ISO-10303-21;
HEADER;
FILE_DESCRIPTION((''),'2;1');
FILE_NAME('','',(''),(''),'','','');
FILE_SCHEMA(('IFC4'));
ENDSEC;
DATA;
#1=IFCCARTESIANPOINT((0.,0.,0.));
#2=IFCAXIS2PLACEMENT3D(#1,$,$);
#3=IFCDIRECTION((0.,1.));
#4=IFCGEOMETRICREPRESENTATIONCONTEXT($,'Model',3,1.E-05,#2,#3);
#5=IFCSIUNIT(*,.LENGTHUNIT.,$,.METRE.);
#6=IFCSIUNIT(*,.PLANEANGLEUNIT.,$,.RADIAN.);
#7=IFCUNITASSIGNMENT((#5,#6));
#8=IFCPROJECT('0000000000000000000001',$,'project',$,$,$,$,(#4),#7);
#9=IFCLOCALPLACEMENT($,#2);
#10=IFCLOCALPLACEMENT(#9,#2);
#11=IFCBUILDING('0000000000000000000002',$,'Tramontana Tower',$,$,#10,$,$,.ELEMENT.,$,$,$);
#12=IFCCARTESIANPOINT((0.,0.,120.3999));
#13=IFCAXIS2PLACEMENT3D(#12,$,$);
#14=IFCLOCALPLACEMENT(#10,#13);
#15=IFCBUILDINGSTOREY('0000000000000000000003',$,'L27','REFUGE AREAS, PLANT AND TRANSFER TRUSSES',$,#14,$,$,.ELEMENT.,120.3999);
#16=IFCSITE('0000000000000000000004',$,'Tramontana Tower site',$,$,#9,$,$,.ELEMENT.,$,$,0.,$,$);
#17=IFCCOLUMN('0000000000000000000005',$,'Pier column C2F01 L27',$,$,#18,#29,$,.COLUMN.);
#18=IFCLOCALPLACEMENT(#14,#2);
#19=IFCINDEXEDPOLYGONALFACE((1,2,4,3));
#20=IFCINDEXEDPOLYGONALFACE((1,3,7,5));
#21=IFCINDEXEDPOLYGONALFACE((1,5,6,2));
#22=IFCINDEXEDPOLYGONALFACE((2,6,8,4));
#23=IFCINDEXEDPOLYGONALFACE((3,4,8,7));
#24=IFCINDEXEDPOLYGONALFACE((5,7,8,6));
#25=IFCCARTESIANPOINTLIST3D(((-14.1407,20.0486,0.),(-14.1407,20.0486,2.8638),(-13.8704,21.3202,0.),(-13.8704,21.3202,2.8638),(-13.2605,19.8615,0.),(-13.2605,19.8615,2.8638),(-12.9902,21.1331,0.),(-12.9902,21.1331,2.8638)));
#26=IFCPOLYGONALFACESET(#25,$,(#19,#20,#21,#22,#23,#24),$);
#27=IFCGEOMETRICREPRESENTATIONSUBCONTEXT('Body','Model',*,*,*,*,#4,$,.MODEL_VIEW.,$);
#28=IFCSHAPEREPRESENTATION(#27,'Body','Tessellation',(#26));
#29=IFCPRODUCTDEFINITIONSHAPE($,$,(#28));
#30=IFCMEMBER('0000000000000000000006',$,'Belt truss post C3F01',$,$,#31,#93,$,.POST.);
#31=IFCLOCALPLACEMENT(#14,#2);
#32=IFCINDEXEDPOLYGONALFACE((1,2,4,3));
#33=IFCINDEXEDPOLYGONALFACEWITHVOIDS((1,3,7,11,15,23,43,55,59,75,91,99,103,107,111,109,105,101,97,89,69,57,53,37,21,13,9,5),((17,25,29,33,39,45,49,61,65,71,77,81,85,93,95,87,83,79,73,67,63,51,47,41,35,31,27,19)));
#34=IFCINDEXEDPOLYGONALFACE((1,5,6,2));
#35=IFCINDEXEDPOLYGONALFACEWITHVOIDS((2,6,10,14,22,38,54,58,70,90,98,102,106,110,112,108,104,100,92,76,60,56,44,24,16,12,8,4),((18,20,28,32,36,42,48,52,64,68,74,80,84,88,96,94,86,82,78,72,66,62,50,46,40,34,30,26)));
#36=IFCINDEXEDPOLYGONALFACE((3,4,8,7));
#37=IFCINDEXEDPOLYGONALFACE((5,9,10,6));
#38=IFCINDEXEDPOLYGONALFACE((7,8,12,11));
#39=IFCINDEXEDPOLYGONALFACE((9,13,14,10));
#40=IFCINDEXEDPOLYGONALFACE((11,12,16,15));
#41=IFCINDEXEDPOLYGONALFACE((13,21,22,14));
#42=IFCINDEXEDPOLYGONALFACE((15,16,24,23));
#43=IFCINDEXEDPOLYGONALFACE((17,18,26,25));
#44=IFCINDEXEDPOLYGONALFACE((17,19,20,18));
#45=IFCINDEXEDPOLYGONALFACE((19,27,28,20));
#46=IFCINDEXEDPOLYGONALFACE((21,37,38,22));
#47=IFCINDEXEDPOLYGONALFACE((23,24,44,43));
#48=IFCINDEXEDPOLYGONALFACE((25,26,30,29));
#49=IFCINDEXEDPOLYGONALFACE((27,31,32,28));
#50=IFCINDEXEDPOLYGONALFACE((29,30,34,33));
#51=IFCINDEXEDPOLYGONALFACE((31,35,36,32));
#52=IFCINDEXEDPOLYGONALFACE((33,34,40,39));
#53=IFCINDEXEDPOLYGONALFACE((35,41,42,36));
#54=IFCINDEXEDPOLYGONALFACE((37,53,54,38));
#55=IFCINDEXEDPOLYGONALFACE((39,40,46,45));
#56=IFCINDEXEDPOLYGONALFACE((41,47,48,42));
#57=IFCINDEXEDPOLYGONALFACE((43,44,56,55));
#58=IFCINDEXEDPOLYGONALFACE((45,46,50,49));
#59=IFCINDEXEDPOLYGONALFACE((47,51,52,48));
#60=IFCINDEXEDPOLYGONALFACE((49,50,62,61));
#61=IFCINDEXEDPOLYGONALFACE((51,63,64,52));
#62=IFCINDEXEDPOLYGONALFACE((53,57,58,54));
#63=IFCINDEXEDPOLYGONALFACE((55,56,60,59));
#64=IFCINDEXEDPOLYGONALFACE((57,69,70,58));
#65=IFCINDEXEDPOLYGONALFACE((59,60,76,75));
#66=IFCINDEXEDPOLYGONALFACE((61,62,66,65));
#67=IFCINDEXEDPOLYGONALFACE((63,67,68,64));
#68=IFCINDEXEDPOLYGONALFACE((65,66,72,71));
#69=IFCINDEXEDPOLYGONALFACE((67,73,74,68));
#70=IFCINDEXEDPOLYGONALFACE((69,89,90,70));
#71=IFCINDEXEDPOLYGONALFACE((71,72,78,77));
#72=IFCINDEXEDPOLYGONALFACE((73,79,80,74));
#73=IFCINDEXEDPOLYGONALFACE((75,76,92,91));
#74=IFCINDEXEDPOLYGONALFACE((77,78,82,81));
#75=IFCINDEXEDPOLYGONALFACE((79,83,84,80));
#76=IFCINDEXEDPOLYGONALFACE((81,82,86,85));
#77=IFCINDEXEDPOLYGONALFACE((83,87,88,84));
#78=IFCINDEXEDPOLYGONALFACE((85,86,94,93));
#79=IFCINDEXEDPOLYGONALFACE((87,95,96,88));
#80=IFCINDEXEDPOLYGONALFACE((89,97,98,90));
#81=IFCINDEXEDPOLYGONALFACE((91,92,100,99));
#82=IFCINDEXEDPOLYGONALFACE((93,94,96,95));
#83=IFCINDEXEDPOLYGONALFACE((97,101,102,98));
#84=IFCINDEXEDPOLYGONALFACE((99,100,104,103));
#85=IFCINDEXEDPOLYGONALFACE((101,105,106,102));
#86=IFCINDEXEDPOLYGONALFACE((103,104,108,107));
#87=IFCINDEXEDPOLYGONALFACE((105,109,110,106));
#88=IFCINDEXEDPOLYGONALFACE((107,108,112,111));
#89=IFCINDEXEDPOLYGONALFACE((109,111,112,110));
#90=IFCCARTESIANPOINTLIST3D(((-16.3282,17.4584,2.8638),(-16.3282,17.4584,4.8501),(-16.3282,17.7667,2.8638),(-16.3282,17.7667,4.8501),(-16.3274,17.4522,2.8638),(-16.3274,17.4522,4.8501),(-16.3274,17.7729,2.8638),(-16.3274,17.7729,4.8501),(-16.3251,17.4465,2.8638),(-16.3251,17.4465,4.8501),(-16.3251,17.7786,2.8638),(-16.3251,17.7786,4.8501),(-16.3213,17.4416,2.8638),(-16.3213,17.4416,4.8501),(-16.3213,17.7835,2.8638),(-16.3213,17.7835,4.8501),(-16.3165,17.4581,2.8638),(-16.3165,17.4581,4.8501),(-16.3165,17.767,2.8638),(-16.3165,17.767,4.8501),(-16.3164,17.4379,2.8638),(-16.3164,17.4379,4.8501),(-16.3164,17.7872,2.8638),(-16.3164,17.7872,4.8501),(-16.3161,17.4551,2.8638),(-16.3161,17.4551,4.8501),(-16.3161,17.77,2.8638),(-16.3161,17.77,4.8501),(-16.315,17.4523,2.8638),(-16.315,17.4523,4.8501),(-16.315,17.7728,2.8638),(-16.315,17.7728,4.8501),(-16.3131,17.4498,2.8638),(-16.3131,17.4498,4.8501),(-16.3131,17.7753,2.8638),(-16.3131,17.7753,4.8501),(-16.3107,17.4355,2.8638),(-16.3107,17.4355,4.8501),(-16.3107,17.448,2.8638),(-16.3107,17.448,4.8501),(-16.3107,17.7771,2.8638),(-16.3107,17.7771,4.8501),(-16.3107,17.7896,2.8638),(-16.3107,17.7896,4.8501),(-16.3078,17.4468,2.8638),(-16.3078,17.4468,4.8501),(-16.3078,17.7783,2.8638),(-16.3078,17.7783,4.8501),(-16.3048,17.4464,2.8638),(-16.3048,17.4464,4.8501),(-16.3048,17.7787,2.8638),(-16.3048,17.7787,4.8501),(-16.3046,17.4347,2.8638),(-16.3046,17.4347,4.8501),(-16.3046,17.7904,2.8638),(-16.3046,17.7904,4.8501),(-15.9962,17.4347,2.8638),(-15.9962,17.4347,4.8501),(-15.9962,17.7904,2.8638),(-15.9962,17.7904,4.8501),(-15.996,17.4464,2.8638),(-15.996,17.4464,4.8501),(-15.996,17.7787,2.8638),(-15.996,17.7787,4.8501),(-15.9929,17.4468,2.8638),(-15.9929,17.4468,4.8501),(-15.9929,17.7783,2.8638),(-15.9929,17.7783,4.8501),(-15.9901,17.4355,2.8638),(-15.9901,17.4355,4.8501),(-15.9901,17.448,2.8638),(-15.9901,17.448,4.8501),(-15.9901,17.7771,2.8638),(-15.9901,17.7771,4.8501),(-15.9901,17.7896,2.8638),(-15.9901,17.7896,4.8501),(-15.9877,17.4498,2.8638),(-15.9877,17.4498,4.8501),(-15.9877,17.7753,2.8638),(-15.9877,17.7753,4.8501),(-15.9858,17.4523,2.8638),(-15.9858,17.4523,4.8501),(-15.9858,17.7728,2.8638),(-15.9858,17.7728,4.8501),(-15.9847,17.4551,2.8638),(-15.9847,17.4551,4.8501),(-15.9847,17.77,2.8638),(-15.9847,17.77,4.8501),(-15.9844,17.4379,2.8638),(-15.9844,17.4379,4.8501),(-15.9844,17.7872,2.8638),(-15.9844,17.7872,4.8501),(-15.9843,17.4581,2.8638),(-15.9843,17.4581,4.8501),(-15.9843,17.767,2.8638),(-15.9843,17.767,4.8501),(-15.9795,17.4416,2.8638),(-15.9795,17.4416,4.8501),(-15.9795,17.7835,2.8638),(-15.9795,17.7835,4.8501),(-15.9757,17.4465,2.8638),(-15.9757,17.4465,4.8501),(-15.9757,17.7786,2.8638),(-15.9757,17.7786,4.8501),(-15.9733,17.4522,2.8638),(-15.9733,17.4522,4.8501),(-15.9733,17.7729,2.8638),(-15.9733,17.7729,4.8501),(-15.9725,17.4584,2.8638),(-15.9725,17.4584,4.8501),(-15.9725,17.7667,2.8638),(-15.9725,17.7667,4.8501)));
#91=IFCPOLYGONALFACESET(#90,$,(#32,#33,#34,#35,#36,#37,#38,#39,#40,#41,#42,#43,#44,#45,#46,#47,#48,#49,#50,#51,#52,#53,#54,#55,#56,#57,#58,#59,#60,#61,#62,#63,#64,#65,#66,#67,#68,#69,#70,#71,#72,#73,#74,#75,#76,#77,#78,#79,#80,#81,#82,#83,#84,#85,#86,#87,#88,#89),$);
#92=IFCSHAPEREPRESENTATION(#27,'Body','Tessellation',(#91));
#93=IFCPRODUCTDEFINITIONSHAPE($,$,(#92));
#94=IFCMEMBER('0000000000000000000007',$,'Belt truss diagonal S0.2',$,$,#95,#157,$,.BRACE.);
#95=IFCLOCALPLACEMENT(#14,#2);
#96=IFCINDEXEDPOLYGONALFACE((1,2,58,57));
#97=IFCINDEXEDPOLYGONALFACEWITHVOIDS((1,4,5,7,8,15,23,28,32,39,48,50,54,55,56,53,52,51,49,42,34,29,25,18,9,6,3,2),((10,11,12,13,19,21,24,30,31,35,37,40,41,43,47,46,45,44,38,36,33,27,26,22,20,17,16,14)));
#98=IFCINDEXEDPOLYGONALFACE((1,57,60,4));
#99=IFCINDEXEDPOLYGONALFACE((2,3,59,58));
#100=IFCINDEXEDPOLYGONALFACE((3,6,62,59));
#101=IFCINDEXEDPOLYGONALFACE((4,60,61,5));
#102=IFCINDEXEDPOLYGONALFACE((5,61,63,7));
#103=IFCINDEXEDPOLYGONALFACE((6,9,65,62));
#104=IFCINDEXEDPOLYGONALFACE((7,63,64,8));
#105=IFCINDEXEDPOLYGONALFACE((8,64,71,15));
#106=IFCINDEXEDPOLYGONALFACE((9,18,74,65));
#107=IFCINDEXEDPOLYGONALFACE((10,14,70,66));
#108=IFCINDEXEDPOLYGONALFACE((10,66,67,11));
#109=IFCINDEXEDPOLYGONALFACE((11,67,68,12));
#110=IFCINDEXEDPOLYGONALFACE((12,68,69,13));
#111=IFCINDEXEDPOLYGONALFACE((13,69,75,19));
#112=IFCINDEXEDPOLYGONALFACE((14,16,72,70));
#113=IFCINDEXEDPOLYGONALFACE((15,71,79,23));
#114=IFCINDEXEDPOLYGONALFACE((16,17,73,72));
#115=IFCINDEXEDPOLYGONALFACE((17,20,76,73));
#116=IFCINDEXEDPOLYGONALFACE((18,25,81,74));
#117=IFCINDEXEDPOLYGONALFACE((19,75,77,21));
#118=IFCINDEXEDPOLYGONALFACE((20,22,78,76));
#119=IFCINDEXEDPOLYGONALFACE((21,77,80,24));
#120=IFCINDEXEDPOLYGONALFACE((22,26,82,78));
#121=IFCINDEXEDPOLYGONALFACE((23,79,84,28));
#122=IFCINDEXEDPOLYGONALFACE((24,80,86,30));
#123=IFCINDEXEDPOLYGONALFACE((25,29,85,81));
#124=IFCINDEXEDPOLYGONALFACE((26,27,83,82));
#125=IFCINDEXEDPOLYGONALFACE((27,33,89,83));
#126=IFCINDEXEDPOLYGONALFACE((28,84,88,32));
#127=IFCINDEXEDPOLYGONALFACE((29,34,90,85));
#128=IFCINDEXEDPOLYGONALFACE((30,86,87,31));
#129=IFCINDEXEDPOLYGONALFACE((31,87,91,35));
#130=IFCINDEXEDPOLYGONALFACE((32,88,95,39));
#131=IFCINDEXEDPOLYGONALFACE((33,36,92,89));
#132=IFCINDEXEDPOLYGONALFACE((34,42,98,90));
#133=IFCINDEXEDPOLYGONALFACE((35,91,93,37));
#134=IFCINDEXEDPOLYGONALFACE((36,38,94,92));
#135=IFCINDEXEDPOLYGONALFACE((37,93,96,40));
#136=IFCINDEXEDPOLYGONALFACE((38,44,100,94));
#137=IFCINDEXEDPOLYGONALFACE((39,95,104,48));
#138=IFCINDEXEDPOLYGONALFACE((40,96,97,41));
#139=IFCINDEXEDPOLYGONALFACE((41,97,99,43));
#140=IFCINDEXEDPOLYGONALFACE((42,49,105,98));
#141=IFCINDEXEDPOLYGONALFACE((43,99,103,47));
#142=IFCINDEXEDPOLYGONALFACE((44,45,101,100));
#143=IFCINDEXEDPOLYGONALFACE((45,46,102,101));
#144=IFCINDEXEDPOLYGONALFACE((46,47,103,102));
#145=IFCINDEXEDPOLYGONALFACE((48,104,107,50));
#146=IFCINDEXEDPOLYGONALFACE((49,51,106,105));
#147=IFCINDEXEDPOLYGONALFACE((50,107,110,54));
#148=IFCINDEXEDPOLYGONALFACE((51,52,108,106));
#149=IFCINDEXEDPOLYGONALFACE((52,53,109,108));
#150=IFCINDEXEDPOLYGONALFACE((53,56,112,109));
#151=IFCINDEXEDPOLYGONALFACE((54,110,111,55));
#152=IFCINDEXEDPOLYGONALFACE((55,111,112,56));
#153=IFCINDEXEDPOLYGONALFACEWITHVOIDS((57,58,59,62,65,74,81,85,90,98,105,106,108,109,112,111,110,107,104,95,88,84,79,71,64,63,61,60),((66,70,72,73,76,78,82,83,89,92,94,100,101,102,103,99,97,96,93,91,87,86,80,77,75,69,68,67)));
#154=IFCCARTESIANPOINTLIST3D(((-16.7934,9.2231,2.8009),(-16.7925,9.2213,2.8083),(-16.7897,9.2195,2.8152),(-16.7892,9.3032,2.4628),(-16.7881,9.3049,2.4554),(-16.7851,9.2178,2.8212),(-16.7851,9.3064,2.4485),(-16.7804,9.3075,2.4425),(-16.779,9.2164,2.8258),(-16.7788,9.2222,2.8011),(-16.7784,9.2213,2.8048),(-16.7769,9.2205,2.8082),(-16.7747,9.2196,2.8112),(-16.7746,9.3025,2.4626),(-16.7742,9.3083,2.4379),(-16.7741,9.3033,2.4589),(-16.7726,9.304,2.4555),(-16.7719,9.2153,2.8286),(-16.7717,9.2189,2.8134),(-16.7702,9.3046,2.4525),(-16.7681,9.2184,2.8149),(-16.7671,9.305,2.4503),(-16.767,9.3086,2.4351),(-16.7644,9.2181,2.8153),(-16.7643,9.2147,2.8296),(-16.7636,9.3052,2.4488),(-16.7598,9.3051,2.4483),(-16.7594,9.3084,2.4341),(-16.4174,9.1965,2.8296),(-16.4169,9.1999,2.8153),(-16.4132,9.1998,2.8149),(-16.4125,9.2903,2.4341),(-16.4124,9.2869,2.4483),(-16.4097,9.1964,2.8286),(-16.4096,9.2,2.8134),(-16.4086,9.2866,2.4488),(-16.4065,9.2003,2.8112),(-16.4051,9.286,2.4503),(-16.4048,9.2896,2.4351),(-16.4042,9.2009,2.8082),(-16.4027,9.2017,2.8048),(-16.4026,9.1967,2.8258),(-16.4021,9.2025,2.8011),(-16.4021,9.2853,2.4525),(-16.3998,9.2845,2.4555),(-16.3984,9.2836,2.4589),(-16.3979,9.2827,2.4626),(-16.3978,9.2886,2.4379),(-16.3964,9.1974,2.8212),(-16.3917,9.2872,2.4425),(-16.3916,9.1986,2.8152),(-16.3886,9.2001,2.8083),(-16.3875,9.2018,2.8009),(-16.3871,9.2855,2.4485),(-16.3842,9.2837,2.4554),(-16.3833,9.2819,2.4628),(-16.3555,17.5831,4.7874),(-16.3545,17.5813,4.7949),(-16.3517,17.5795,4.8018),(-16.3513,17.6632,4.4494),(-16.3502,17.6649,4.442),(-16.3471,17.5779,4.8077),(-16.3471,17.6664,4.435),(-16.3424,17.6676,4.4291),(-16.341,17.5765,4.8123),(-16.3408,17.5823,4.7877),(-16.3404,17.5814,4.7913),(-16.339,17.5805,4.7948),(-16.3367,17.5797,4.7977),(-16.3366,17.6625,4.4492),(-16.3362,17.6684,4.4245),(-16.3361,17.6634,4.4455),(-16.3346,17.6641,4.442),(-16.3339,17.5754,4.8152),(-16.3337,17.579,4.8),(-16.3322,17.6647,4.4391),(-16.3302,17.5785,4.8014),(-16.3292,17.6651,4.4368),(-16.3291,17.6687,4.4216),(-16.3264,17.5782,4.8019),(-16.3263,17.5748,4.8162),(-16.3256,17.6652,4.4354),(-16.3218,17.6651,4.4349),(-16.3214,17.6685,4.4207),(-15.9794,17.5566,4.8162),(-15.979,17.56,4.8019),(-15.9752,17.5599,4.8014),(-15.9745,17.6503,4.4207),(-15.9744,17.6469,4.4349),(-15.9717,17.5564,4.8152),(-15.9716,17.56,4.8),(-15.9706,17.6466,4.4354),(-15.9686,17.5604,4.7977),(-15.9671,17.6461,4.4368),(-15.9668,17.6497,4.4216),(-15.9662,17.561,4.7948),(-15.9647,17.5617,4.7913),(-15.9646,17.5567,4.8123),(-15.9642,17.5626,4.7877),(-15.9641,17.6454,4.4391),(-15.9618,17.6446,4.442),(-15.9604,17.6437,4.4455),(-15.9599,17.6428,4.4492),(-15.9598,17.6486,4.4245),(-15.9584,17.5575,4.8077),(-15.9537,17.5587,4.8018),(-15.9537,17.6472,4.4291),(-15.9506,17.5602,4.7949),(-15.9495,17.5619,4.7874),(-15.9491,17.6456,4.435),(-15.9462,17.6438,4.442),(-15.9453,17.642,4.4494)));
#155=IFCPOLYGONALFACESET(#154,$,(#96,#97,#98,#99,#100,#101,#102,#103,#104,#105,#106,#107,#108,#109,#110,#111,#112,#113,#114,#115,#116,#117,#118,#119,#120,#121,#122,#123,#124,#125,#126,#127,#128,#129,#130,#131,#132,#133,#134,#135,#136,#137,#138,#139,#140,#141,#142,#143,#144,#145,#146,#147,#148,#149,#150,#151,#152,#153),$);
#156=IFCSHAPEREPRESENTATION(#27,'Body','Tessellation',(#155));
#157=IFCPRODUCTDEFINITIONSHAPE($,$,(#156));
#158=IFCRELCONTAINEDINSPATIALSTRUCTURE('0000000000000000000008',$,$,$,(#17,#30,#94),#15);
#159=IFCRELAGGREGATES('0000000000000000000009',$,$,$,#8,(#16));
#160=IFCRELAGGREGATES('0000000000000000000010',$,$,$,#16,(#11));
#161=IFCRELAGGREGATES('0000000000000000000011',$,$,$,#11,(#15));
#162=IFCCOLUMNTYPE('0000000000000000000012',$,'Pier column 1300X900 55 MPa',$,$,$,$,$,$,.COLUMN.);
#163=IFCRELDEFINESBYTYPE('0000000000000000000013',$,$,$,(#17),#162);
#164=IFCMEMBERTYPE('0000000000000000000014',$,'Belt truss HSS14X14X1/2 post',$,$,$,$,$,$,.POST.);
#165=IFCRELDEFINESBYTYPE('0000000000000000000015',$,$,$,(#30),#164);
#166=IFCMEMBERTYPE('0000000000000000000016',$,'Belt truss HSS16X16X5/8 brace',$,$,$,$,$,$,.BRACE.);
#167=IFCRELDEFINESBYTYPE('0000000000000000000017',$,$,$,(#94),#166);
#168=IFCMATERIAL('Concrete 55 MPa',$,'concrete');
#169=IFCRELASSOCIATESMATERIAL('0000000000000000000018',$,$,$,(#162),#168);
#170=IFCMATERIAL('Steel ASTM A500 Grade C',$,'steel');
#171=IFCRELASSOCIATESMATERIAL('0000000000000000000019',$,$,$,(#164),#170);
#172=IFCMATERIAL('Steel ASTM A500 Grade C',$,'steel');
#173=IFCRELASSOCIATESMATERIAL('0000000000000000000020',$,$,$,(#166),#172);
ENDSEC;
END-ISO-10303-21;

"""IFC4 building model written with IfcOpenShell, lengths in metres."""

from ifc_helpers import new_model, si_unit, direction, frame, origin, origin_2d, place, context, subcontext, project, spatial, rectangle, hollow_rectangle, extrude, material, material_profile, profile_set, type_object, element, save


model = new_model("IFC4")

# Units and contexts
model_context = context("Model", 3, precision=1e-05, world=origin(), true_north=direction((0.0, 1.0)))
body_context = subcontext(model_context, "Body", "Model", "MODEL_VIEW")
ifc_project = project(units=[si_unit("LENGTHUNIT", "METRE"), si_unit("PLANEANGLEUNIT", "RADIAN")], contexts=[model_context])

# Site, building, storey
site_placement = place(None, origin())
site = spatial("IfcSite", under=ifc_project, at=site_placement, Name="Tramontana Tower site", CompositionType="ELEMENT", RefElevation=0.0)
building_placement = place(site_placement, origin())
building = spatial("IfcBuilding", under=site, at=building_placement, Name="Tramontana Tower", CompositionType="ELEMENT")
storey_placement = place(building_placement, frame((0.0, 0.0, 120.3999)))
storey = spatial("IfcBuildingStorey", under=building, at=storey_placement, Name="L27", Description="REFUGE AREAS, PLANT AND TRANSFER TRUSSES", CompositionType="ELEMENT", Elevation=120.3999)

# Column
ifc_material_1 = material(Name="Concrete 55 MPa", Category="concrete")
ifc_material_profile_1 = material_profile(ifc_material_1, rectangle(XDim=1.3, YDim=0.8999, at=origin_2d()), Name="Pier column 1300X900 55 MPa")
ifc_profile_set_1 = profile_set([ifc_material_profile_1], Name="Concrete 55 MPa")
column_type = type_object("IfcColumnType", Name="Pier column 1300X900 55 MPa", PredefinedType="COLUMN", material=ifc_profile_set_1)
column_placement = place(storey_placement, frame((-13.5654, 20.5908, 0.0), z_axis=(0.0, 0.0, 1.0), x_axis=(-0.207912, -0.978148, 0.0)))
element("IfcColumn", 1, at=column_placement, inside=storey, type_object=column_type, Name="Pier column C2F01 L27", PredefinedType="COLUMN", context=body_context, shape_type="SweptSolid", body=[
    extrude(rectangle(XDim=1.3, YDim=0.8999, at=origin_2d()), origin(), (0.0, 0.0, 1.0), 2.8638),
])

# Members
ifc_material_2 = material(Name="Steel ASTM A500 Grade C", Category="steel")
ifc_material_profile_2 = material_profile(ifc_material_2, hollow_rectangle(XDim=0.3557, YDim=0.3557, WallThickness=0.0117, InnerFilletRadius=0.0117, OuterFilletRadius=0.0237, at=origin_2d()), Name="HSS14X14X1/2")
ifc_profile_set_2 = profile_set([ifc_material_profile_2], Name="Steel ASTM A500 Grade C")
member_type_1 = type_object("IfcMemberType", Name="Belt truss HSS14X14X1/2 post", PredefinedType="POST", material=ifc_profile_set_2)
member_1_placement = place(storey_placement, frame((-16.1504, 17.6125, 2.8638), z_axis=(0.0, 0.0, 1.0), x_axis=(1.0, 0.0, 0.0)))
element("IfcMember", 2, at=member_1_placement, inside=storey, type_object=member_type_1, Name="Belt truss post C3F01", PredefinedType="POST", context=body_context, shape_type="SweptSolid", body=[
    extrude(hollow_rectangle(XDim=0.3557, YDim=0.3557, WallThickness=0.0117, InnerFilletRadius=0.0117, OuterFilletRadius=0.0237, at=origin_2d()), origin(), (0.0, 0.0, 1.0), 1.9863),
])
ifc_material_3 = material(Name="Steel ASTM A500 Grade C", Category="steel")
ifc_material_profile_3 = material_profile(ifc_material_3, hollow_rectangle(XDim=0.4065, YDim=0.4065, WallThickness=0.0146, InnerFilletRadius=0.0146, OuterFilletRadius=0.0295, at=origin_2d()), Name="HSS16X16X5/8")
ifc_profile_set_3 = profile_set([ifc_material_profile_3], Name="Steel ASTM A500 Grade C")
member_type_2 = type_object("IfcMemberType", Name="Belt truss HSS16X16X5/8 brace", PredefinedType="BRACE", material=ifc_profile_set_3)
member_2_placement = place(storey_placement, frame((-16.1504, 17.6125, 4.6184), z_axis=(-0.050905, -0.971648, -0.230888), x_axis=(0.99863, -0.052319, 0.0)))
element("IfcMember", 3, at=member_2_placement, inside=storey, type_object=member_type_2, Name="Belt truss diagonal S0.2", PredefinedType="BRACE", context=body_context, shape_type="SweptSolid", body=[
    extrude(hollow_rectangle(XDim=0.4065, YDim=0.4065, WallThickness=0.0146, InnerFilletRadius=0.0146, OuterFilletRadius=0.0295, at=origin_2d()), origin(), (0.0, 0.0, 1.0), 8.604),
])

save(model, "model.ifc")
